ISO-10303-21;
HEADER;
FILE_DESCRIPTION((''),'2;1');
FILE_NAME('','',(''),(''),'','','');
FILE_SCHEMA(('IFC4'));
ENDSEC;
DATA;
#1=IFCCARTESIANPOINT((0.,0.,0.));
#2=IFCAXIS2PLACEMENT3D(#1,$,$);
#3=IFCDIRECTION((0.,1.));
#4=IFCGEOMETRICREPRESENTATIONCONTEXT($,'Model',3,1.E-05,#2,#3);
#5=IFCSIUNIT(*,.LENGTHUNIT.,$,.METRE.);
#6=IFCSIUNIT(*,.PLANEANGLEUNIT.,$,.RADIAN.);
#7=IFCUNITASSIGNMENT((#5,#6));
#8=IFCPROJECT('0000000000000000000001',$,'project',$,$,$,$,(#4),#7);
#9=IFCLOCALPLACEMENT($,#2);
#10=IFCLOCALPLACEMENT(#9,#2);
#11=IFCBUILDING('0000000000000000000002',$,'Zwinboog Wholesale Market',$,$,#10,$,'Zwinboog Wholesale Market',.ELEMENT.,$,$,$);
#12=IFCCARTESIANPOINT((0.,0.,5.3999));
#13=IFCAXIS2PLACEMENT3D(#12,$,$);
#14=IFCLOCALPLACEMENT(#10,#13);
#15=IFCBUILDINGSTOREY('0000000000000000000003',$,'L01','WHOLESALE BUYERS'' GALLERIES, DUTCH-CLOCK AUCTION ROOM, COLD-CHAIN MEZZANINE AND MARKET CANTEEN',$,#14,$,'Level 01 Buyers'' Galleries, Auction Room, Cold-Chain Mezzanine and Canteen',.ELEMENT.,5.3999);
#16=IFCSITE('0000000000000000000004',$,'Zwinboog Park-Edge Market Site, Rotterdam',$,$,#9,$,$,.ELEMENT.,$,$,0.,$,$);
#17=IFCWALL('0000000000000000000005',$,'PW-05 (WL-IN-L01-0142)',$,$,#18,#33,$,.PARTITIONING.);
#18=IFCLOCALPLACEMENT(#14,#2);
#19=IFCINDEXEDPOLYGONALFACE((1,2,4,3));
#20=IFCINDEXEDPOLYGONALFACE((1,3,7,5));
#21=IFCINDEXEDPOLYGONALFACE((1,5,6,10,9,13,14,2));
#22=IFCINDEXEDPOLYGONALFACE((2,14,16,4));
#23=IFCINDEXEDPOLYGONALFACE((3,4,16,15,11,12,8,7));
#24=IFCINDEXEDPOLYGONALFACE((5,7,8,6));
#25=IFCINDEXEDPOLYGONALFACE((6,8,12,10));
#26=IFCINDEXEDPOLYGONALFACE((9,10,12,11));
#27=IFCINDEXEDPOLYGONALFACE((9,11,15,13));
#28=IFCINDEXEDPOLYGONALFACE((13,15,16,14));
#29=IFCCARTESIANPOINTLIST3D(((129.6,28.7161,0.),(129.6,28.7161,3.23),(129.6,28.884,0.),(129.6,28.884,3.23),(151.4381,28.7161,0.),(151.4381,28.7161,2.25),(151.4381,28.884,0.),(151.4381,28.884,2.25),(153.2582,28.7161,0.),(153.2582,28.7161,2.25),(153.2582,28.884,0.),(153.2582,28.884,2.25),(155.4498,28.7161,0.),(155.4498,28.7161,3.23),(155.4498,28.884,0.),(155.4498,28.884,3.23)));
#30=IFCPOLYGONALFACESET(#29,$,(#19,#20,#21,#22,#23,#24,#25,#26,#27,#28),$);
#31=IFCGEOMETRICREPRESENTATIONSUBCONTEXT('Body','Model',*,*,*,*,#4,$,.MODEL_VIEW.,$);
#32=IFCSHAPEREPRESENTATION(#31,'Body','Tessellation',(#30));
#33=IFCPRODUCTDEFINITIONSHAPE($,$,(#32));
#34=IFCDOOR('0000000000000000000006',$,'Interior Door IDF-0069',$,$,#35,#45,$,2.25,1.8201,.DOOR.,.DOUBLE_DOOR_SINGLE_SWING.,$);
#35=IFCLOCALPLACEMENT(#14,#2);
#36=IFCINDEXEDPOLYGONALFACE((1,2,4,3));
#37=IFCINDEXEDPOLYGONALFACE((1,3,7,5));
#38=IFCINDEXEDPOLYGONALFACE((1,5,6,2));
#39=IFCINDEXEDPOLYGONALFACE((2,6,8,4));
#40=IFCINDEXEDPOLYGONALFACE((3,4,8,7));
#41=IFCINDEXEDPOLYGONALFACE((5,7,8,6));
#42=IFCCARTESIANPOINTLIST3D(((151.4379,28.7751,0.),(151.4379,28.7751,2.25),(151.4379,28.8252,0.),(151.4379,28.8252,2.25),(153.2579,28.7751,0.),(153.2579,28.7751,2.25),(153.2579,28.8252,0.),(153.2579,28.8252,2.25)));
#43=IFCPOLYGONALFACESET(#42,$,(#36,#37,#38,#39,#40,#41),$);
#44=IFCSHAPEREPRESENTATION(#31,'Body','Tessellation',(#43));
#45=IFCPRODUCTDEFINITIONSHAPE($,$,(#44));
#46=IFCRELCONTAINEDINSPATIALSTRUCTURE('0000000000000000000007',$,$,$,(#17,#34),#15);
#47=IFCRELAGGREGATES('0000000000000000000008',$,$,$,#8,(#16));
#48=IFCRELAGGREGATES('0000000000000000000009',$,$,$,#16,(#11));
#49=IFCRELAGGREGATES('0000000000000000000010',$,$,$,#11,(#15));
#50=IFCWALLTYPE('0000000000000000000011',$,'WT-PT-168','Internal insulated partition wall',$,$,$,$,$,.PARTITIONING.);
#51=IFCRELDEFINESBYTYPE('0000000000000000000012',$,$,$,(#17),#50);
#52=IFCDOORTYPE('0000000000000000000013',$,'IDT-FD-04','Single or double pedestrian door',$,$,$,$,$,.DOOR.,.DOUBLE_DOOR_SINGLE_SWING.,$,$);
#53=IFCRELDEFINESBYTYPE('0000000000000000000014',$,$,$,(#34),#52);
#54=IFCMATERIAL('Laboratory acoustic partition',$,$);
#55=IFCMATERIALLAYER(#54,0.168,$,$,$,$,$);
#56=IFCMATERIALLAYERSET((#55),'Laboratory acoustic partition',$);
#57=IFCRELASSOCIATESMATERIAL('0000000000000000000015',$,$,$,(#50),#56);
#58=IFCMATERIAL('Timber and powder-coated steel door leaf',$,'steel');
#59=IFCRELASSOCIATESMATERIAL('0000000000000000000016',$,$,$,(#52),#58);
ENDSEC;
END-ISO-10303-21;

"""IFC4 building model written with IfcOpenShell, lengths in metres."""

from ifc_helpers import new_model, si_unit, direction, frame, frame_2d, origin, place, context, subcontext, project, spatial, rectangle, extrude, material, layer, layer_set, type_object, element, fill, save


model = new_model("IFC4")

# Units and contexts
model_context = context("Model", 3, precision=1e-05, world=origin(), true_north=direction((0.0, 1.0)))
body_context = subcontext(model_context, "Body", "Model", "MODEL_VIEW")
ifc_project = project(units=[si_unit("LENGTHUNIT", "METRE"), si_unit("PLANEANGLEUNIT", "RADIAN")], contexts=[model_context])

# Site, building, storey
site_placement = place(None, origin())
site = spatial("IfcSite", under=ifc_project, at=site_placement, Name="Zwinboog Park-Edge Market Site, Rotterdam", CompositionType="ELEMENT", RefElevation=0.0)
building_placement = place(site_placement, origin())
building = spatial("IfcBuilding", under=site, at=building_placement, Name="Zwinboog Wholesale Market", LongName="Zwinboog Wholesale Market", CompositionType="ELEMENT")
storey_placement = place(building_placement, frame((0.0, 0.0, 5.3999)))
storey = spatial("IfcBuildingStorey", under=building, at=storey_placement, Name="L01", Description="WHOLESALE BUYERS' GALLERIES, DUTCH-CLOCK AUCTION ROOM, COLD-CHAIN MEZZANINE AND MARKET CANTEEN", LongName="Level 01 Buyers' Galleries, Auction Room, Cold-Chain Mezzanine and Canteen", CompositionType="ELEMENT", Elevation=5.3999)

# Wall, opening, door
ifc_material_1 = material(Name="Timber and powder-coated steel door leaf", Category="steel")
ifc_material_2 = material(Name="Laboratory acoustic partition")
ifc_layer_1 = layer(ifc_material_2, 0.168)
ifc_layer_set_1 = layer_set([ifc_layer_1], Name="Laboratory acoustic partition")
wall_type_1 = type_object("IfcWallType", Name="WT-PT-168", Description="Internal insulated partition wall", PredefinedType="PARTITIONING", material=ifc_layer_set_1)
wall_1_placement = place(storey_placement, frame((129.6001, 28.8, 0.0), z_axis=(0.0, 0.0, 1.0), x_axis=(1.0, 0.0, 0.0)))
wall_1 = element("IfcWall", 1, at=wall_1_placement, inside=storey, type_object=wall_type_1, Name="PW-05 (WL-IN-L01-0142)", PredefinedType="PARTITIONING", context=body_context, shape_type="SweptSolid", body=[
    extrude(rectangle(XDim=25.8499, YDim=0.168, at=frame_2d((12.9248, 0.0))), origin(), (0.0, 0.0, 1.0), 3.23),
])
opening_1_placement = place(wall_1_placement, frame((21.8379, 0.0, 0.0)))
opening_1 = element("IfcOpeningElement", 2, at=opening_1_placement, cuts=wall_1, PredefinedType="OPENING", context=body_context, shape_type="SweptSolid", body=[
    extrude(rectangle(XDim=1.8201, YDim=2.25, at=frame_2d((0.9102, 1.125))), frame((0.0, 0.094, 0.0), z_axis=(0.0, -1.0, 0.0), x_axis=(1.0, 0.0, 0.0)), (0.0, 0.0, 1.0), 0.188),
])
door_type_1 = type_object("IfcDoorType", Name="IDT-FD-04", Description="Single or double pedestrian door", OperationType="DOUBLE_DOOR_SINGLE_SWING", PredefinedType="DOOR", material=ifc_material_1)
door_1_placement = place(opening_1_placement, frame((1.8201, 0.0, 0.0), z_axis=(0.0, 0.0, 1.0), x_axis=(-1.0, 0.0, 0.0)))
door_1 = element("IfcDoor", 3, at=door_1_placement, inside=storey, type_object=door_type_1, Name="Interior Door IDF-0069", OperationType="DOUBLE_DOOR_SINGLE_SWING", OverallHeight=2.25, OverallWidth=1.8201, PredefinedType="DOOR", context=body_context, shape_type="SweptSolid", body=[
    extrude(rectangle(XDim=1.8201, YDim=2.25, at=frame_2d((0.9102, 1.125))), frame((0.0, 0.0249, 0.0), z_axis=(0.0, -1.0, 0.0), x_axis=(1.0, 0.0, 0.0)), (0.0, 0.0, 1.0), 0.05),
])
fill(opening_1, door_1)

save(model, "model.ifc")
